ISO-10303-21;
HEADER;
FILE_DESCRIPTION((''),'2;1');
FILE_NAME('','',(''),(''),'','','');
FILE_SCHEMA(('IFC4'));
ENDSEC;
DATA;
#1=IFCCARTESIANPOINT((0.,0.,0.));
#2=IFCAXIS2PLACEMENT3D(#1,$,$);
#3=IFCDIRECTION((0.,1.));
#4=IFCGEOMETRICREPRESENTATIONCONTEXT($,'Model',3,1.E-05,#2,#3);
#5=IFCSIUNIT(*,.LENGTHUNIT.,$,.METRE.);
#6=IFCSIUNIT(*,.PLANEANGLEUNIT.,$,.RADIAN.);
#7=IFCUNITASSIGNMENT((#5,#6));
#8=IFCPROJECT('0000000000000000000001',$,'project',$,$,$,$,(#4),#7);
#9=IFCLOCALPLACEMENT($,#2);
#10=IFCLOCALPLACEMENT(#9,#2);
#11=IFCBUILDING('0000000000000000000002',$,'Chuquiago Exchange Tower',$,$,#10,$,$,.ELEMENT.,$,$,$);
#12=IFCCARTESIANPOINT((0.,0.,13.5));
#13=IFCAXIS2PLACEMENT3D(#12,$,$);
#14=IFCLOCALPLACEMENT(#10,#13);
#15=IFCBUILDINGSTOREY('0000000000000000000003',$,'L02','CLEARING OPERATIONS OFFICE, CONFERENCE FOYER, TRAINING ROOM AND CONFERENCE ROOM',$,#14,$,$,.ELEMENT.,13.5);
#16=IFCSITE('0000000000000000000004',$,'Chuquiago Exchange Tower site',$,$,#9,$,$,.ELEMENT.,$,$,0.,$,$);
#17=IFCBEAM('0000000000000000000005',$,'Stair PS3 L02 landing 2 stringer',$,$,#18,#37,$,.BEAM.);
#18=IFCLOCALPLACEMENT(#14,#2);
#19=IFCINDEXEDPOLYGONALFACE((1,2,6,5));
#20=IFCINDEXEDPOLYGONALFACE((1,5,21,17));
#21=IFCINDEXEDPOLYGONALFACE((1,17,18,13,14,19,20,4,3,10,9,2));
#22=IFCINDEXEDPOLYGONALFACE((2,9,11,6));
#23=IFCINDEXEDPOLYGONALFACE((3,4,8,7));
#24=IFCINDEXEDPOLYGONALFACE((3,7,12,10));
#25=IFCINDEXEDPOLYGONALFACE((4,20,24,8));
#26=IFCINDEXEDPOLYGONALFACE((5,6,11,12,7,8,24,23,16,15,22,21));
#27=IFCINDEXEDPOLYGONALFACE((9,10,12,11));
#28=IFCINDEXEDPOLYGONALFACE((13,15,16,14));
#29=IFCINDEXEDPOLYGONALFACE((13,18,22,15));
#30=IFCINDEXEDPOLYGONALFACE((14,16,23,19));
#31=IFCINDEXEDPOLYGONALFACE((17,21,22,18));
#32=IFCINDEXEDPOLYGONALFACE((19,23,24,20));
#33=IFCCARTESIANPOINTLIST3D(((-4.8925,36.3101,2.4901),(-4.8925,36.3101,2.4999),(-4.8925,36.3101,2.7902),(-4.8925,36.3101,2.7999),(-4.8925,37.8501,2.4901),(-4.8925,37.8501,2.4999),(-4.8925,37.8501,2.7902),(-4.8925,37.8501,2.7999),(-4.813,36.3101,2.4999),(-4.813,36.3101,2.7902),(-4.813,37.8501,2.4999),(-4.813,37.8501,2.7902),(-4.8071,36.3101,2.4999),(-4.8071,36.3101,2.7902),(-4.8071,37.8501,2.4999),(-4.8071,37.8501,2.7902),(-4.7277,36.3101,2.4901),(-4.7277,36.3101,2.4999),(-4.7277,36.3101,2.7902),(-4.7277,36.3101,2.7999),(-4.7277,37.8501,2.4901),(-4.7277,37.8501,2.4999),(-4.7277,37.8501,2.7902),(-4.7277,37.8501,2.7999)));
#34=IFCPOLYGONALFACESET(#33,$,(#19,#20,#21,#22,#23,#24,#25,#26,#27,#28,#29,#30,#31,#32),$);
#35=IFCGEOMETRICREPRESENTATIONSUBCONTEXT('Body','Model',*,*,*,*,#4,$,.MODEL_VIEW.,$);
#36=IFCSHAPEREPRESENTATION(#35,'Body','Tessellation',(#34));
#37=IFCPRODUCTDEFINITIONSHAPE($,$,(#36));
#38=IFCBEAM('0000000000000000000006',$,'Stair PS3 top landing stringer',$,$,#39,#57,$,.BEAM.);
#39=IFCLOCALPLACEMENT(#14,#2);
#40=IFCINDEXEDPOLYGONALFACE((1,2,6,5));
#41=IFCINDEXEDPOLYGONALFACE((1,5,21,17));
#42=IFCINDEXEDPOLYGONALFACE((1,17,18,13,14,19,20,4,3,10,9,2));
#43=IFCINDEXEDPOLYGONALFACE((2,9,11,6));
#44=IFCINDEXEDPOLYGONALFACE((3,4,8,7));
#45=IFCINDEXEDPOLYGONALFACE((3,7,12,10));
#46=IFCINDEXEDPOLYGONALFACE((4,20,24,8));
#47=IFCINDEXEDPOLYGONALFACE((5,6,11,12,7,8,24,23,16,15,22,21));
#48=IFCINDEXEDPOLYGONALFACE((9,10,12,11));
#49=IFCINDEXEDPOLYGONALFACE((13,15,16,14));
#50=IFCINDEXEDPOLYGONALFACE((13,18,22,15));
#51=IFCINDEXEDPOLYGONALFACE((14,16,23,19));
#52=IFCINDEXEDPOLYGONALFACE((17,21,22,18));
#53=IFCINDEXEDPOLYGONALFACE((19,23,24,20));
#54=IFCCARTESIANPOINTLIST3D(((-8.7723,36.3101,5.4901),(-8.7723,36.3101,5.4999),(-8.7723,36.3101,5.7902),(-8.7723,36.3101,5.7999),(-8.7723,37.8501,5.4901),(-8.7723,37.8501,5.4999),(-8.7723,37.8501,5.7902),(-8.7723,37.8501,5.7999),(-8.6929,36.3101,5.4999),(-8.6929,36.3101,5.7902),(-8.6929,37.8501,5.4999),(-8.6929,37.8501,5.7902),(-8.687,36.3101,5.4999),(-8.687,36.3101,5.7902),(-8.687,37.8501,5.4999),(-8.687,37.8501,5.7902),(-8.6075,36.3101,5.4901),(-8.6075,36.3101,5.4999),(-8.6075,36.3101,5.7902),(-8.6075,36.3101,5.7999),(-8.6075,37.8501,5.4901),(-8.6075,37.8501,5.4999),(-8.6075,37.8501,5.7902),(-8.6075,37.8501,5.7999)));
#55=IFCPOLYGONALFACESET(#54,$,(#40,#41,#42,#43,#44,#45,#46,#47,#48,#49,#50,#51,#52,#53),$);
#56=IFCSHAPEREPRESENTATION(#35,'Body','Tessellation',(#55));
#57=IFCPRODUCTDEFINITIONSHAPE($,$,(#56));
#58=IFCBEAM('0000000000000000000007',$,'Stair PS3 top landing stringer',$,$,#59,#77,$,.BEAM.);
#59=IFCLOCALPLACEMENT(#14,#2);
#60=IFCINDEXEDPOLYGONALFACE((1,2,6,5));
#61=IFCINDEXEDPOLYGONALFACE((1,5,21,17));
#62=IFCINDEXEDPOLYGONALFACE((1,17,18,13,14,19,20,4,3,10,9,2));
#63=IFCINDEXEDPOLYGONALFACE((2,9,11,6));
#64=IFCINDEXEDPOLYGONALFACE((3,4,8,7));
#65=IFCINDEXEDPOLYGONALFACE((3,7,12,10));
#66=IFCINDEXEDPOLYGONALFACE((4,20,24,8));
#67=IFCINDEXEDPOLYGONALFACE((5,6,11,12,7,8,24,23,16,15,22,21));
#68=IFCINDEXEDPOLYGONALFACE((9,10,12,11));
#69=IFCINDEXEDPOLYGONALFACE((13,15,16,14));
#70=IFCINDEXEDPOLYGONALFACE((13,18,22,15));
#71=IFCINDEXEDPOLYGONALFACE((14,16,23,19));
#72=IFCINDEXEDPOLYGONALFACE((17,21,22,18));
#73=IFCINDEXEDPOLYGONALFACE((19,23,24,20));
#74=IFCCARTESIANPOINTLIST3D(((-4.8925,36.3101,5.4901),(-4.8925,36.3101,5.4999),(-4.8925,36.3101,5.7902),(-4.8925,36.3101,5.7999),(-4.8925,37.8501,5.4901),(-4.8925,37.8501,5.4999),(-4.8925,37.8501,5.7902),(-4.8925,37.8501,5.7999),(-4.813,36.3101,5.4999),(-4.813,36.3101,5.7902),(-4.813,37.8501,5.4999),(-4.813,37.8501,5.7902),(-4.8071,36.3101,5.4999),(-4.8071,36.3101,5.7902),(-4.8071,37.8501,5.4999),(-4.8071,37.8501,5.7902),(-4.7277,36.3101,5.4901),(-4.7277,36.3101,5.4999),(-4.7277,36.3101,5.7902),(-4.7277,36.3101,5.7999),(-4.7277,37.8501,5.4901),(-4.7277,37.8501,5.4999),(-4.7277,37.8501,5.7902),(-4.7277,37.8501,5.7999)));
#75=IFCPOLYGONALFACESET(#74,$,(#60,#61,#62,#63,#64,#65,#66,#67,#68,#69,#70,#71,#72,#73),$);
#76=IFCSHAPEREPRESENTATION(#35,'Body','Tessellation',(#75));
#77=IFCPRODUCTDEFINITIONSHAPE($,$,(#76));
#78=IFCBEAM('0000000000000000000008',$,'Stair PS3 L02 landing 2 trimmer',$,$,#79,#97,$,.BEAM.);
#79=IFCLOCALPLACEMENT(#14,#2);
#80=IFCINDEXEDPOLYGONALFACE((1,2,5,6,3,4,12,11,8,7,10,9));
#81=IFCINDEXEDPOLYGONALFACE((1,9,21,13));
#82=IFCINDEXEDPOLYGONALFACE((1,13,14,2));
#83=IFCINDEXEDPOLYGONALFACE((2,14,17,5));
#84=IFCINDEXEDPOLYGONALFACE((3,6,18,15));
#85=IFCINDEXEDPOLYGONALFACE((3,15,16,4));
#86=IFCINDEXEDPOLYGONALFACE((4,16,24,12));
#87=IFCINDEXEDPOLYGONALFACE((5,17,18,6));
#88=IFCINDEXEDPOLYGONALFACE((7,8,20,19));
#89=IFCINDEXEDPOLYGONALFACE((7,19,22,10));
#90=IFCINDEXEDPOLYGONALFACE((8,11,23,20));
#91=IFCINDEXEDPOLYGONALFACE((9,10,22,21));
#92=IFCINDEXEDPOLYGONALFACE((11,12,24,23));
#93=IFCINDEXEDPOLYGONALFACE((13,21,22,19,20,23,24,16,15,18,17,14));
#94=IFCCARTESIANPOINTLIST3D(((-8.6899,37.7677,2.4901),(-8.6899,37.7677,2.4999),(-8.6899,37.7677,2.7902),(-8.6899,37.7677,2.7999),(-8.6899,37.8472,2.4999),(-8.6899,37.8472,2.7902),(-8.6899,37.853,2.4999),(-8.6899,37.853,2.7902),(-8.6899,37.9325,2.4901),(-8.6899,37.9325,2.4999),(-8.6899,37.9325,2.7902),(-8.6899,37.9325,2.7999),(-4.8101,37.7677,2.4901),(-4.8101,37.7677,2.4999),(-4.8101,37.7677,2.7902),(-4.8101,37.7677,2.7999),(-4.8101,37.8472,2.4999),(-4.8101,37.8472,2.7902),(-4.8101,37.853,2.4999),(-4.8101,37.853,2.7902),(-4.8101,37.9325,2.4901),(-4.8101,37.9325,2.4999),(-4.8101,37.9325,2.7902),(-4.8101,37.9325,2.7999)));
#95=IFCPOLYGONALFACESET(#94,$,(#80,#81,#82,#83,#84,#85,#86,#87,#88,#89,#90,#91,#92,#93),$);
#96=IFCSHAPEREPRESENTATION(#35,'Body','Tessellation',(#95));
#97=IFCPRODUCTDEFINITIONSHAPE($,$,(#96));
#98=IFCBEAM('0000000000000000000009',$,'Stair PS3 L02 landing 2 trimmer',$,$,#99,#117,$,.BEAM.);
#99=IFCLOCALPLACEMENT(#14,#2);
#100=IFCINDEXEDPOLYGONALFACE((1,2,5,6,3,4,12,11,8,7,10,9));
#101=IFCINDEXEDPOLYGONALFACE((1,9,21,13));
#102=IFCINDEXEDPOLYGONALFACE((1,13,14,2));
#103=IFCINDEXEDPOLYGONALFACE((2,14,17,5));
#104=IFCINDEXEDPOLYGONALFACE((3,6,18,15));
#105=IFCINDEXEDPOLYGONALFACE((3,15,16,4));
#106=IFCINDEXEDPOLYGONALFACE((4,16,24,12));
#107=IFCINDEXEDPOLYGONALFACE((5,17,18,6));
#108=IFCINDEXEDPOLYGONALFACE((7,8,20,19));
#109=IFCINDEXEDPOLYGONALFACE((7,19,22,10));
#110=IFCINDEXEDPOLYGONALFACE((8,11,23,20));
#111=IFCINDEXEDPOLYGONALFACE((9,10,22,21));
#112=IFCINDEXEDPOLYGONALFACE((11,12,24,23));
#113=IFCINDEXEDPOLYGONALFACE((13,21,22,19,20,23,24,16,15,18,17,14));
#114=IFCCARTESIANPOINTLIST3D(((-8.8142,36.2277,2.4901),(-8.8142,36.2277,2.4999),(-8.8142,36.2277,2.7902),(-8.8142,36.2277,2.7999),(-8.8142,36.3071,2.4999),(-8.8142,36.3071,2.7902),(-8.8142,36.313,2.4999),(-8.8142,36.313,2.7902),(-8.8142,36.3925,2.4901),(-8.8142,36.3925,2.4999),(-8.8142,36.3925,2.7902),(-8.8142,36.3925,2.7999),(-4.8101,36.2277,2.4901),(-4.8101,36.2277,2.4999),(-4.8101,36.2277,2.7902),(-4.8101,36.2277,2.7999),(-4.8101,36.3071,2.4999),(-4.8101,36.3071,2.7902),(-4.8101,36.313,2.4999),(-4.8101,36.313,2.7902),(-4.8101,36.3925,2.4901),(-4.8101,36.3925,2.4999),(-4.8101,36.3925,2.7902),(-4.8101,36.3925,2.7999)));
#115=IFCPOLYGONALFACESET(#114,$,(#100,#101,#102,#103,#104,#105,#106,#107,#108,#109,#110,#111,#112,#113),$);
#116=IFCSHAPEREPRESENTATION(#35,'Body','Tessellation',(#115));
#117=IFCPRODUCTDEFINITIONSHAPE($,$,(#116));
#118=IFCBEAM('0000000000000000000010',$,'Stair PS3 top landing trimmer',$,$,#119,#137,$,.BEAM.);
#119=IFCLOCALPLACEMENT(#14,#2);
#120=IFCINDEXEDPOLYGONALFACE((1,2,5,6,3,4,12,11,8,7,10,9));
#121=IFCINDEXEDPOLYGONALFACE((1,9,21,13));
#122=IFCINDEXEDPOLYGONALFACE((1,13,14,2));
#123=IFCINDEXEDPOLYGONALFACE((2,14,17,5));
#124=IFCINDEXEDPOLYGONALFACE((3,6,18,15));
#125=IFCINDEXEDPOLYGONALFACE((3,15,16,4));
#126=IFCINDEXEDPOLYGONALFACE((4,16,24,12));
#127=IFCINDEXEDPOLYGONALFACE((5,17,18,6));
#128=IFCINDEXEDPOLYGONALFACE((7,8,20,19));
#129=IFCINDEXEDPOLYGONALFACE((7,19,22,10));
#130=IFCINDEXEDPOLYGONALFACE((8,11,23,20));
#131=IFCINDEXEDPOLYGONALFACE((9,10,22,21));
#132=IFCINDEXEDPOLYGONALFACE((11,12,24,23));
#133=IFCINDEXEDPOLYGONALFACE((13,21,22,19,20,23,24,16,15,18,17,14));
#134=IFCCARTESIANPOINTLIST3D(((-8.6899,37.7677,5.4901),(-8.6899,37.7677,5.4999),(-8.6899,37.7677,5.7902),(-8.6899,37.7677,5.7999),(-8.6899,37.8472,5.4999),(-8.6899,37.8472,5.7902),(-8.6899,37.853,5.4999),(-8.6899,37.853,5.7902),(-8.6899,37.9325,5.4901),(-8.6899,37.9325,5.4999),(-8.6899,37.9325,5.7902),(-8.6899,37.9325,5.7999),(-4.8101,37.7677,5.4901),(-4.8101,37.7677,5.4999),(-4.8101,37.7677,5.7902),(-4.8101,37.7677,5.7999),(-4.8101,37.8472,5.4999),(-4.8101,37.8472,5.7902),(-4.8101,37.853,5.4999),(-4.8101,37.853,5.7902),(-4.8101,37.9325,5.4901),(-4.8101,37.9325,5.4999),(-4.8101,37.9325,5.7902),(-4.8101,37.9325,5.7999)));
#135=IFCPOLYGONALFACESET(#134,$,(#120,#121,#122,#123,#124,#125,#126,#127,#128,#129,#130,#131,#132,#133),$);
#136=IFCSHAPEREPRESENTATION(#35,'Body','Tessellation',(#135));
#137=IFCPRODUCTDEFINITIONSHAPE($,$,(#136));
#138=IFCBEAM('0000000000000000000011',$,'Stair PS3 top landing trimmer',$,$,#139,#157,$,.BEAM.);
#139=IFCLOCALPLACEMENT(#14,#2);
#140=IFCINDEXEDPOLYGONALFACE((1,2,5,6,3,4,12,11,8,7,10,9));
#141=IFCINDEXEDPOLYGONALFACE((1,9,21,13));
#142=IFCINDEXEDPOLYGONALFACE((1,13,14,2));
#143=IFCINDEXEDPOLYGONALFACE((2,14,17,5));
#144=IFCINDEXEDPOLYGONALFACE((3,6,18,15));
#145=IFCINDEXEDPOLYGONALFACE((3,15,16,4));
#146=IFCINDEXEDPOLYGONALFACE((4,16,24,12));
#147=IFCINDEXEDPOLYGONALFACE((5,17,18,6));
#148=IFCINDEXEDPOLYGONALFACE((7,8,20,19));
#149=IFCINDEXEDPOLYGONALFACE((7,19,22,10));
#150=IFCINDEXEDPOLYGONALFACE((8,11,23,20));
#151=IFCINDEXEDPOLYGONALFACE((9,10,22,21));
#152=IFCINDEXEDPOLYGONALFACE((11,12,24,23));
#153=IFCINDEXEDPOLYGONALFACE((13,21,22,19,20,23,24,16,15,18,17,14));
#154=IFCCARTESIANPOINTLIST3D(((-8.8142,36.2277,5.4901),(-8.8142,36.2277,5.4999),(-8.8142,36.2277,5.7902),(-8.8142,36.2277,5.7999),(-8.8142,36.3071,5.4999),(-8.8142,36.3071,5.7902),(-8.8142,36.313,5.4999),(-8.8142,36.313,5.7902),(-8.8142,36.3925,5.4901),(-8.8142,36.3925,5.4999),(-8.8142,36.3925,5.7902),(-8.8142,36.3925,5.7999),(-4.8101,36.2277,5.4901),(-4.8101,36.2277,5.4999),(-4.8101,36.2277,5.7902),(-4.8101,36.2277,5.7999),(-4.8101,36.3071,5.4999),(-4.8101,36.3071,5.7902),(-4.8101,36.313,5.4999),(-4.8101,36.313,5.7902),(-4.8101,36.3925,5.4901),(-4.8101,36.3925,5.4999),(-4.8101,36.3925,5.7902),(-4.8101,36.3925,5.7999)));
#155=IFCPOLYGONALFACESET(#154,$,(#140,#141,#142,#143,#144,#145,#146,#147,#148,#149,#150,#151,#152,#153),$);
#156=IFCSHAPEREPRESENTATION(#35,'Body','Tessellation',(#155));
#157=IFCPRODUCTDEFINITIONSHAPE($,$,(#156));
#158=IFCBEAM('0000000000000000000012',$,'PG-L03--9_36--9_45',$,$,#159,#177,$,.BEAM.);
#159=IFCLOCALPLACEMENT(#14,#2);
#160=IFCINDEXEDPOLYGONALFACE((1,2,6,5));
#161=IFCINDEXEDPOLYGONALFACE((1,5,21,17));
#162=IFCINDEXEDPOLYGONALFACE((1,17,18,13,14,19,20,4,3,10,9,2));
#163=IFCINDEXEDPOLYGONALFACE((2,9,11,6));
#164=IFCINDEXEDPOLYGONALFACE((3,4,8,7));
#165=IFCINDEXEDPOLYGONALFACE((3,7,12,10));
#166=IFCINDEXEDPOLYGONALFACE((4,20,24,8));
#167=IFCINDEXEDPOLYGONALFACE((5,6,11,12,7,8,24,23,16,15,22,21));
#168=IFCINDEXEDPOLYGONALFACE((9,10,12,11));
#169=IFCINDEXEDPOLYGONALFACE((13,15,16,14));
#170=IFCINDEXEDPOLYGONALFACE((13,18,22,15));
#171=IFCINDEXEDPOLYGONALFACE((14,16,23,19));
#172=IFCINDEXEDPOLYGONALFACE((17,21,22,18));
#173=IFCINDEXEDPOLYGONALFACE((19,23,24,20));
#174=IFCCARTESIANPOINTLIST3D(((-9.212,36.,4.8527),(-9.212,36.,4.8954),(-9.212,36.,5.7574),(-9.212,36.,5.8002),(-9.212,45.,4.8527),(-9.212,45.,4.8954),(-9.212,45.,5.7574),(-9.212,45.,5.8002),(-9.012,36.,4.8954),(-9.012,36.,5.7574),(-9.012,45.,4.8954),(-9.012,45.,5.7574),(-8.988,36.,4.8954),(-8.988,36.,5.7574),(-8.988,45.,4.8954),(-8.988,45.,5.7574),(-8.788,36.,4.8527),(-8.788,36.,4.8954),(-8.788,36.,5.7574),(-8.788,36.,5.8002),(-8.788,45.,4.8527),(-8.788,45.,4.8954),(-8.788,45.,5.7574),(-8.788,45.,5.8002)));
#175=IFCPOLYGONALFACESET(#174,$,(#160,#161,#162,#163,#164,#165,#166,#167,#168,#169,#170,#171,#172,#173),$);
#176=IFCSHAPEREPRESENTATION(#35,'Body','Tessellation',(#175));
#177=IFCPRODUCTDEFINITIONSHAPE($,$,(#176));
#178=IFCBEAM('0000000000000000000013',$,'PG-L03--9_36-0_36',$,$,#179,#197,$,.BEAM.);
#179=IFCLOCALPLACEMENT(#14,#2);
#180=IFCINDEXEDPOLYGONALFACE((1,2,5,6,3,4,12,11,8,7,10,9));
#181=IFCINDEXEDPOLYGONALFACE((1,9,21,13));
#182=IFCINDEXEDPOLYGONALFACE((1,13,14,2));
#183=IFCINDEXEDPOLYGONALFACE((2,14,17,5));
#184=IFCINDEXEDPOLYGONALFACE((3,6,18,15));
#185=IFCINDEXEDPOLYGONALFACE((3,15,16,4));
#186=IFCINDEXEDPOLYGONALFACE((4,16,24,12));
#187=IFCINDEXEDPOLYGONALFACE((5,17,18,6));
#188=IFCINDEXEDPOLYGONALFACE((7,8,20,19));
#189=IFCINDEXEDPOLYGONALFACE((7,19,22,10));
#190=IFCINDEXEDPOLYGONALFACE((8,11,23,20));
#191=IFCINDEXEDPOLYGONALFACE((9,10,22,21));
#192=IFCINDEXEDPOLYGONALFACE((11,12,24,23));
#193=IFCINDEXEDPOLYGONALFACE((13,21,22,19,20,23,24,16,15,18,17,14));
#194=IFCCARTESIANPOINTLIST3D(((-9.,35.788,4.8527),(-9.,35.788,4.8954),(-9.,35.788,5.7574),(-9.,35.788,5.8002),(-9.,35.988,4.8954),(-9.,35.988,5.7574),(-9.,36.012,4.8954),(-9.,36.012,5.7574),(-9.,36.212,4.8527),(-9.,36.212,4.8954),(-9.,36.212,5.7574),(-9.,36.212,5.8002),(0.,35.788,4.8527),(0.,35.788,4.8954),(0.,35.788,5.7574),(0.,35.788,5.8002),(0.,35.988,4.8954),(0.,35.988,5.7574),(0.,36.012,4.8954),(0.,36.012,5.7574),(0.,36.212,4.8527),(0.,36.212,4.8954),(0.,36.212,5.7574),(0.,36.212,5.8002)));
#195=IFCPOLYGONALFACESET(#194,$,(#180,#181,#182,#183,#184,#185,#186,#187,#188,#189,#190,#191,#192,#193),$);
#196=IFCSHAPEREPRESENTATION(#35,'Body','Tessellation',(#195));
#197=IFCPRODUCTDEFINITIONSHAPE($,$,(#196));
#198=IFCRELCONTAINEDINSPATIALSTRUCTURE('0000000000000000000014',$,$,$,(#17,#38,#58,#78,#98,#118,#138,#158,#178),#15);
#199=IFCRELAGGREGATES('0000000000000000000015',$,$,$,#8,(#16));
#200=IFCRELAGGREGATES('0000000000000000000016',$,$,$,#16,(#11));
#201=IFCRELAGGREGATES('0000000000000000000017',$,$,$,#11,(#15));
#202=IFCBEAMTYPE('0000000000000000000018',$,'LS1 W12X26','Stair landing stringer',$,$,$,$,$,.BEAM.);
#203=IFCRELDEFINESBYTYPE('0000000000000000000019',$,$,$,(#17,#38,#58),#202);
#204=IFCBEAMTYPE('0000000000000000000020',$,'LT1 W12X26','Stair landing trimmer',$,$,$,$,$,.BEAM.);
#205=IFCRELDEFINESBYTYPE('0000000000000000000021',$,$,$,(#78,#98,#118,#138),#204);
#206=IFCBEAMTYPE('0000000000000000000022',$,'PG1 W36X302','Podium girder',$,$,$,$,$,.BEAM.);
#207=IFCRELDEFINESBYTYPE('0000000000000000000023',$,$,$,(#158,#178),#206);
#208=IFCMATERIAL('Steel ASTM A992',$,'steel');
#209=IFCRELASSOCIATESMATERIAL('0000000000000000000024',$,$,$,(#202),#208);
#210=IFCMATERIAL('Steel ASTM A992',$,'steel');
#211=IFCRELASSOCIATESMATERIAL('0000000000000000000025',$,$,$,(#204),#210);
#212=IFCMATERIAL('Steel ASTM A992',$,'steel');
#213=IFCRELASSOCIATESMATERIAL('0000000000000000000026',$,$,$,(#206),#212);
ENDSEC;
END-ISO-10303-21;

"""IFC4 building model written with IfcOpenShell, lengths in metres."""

from ifc_helpers import new_model, si_unit, direction, frame, origin, origin_2d, place, context, subcontext, project, spatial, i_section, extrude, material, material_profile, profile_set, type_object, element, save


model = new_model("IFC4")

# Units and contexts
model_context = context("Model", 3, precision=1e-05, world=origin(), true_north=direction((0.0, 1.0)))
body_context = subcontext(model_context, "Body", "Model", "MODEL_VIEW")
ifc_project = project(units=[si_unit("LENGTHUNIT", "METRE"), si_unit("PLANEANGLEUNIT", "RADIAN")], contexts=[model_context])

# Site, building, storey
site_placement = place(None, origin())
site = spatial("IfcSite", under=ifc_project, at=site_placement, Name="Chuquiago Exchange Tower site", CompositionType="ELEMENT", RefElevation=0.0)
building_placement = place(site_placement, origin())
building = spatial("IfcBuilding", under=site, at=building_placement, Name="Chuquiago Exchange Tower", CompositionType="ELEMENT")
storey_placement = place(building_placement, frame((0.0, 0.0, 13.5)))
storey = spatial("IfcBuildingStorey", under=building, at=storey_placement, Name="L02", Description="CLEARING OPERATIONS OFFICE, CONFERENCE FOYER, TRAINING ROOM AND CONFERENCE ROOM", CompositionType="ELEMENT", Elevation=13.5)

# Beams
ifc_material_1 = material(Name="Steel ASTM A992", Category="steel")
ifc_material_profile_1 = material_profile(ifc_material_1, i_section(OverallWidth=0.1648, OverallDepth=0.3098, WebThickness=0.0059, FlangeThickness=0.0098, at=origin_2d()), Name="W12X26")
ifc_profile_set_1 = profile_set([ifc_material_profile_1], Name="Steel ASTM A992")
beam_type_1 = type_object("IfcBeamType", Name="LS1 W12X26", Description="Stair landing stringer", PredefinedType="BEAM", material=ifc_profile_set_1)
for number, where, z_axis, x_axis, name in (
    (1, (-4.8101, 36.3101, 2.645), (0.0, 1.0, 0.0), (-1.0, 0.0, 0.0), "Stair PS3 L02 landing 2 stringer"),
    (2, (-8.6899, 36.3101, 5.645), (0.0, 1.0, 0.0), (-1.0, 0.0, 0.0), "Stair PS3 top landing stringer"),
    (3, (-4.8101, 36.3101, 5.645), (0.0, 1.0, 0.0), (-1.0, 0.0, 0.0), "Stair PS3 top landing stringer"),
):
    element("IfcBeam", number, at=place(storey_placement, frame(where, z_axis=z_axis, x_axis=x_axis)), inside=storey, type_object=beam_type_1, Name=name, PredefinedType="BEAM", context=body_context, shape_type="SweptSolid", body=[
        extrude(i_section(OverallWidth=0.1648, OverallDepth=0.3098, WebThickness=0.0059, FlangeThickness=0.0098, at=origin_2d()), origin(), (0.0, 0.0, 1.0), 1.54),
    ])
ifc_material_2 = material(Name="Steel ASTM A992", Category="steel")
ifc_material_profile_2 = material_profile(ifc_material_2, i_section(OverallWidth=0.1648, OverallDepth=0.3098, WebThickness=0.0059, FlangeThickness=0.0098, at=origin_2d()), Name="W12X26")
ifc_profile_set_2 = profile_set([ifc_material_profile_2], Name="Steel ASTM A992")
beam_type_2 = type_object("IfcBeamType", Name="LT1 W12X26", Description="Stair landing trimmer", PredefinedType="BEAM", material=ifc_profile_set_2)
beam_1_placement = place(storey_placement, frame((-8.6899, 37.8501, 2.645), z_axis=(1.0, 0.0, 0.0), x_axis=(0.0, 1.0, 0.0)))
element("IfcBeam", 4, at=beam_1_placement, inside=storey, type_object=beam_type_2, Name="Stair PS3 L02 landing 2 trimmer", PredefinedType="BEAM", context=body_context, shape_type="SweptSolid", body=[
    extrude(i_section(OverallWidth=0.1648, OverallDepth=0.3098, WebThickness=0.0059, FlangeThickness=0.0098, at=origin_2d()), origin(), (0.0, 0.0, 1.0), 3.8799),
])
beam_2_placement = place(storey_placement, frame((-8.8142, 36.3101, 2.645), z_axis=(1.0, 0.0, 0.0), x_axis=(0.0, 1.0, 0.0)))
element("IfcBeam", 5, at=beam_2_placement, inside=storey, type_object=beam_type_2, Name="Stair PS3 L02 landing 2 trimmer", PredefinedType="BEAM", context=body_context, shape_type="SweptSolid", body=[
    extrude(i_section(OverallWidth=0.1648, OverallDepth=0.3098, WebThickness=0.0059, FlangeThickness=0.0098, at=origin_2d()), origin(), (0.0, 0.0, 1.0), 4.0042),
])
beam_3_placement = place(storey_placement, frame((-8.6899, 37.8501, 5.645), z_axis=(1.0, 0.0, 0.0), x_axis=(0.0, 1.0, 0.0)))
element("IfcBeam", 6, at=beam_3_placement, inside=storey, type_object=beam_type_2, Name="Stair PS3 top landing trimmer", PredefinedType="BEAM", context=body_context, shape_type="SweptSolid", body=[
    extrude(i_section(OverallWidth=0.1648, OverallDepth=0.3098, WebThickness=0.0059, FlangeThickness=0.0098, at=origin_2d()), origin(), (0.0, 0.0, 1.0), 3.8799),
])
beam_4_placement = place(storey_placement, frame((-8.8142, 36.3101, 5.645), z_axis=(1.0, 0.0, 0.0), x_axis=(0.0, 1.0, 0.0)))
element("IfcBeam", 7, at=beam_4_placement, inside=storey, type_object=beam_type_2, Name="Stair PS3 top landing trimmer", PredefinedType="BEAM", context=body_context, shape_type="SweptSolid", body=[
    extrude(i_section(OverallWidth=0.1648, OverallDepth=0.3098, WebThickness=0.0059, FlangeThickness=0.0098, at=origin_2d()), origin(), (0.0, 0.0, 1.0), 4.0042),
])
ifc_material_3 = material(Name="Steel ASTM A992", Category="steel")
ifc_material_profile_3 = material_profile(ifc_material_3, i_section(OverallWidth=0.4241, OverallDepth=0.9475, WebThickness=0.0239, FlangeThickness=0.0427, at=origin_2d()), Name="W36X302")
ifc_profile_set_3 = profile_set([ifc_material_profile_3], Name="Steel ASTM A992")
beam_type_3 = type_object("IfcBeamType", Name="PG1 W36X302", Description="Podium girder", PredefinedType="BEAM", material=ifc_profile_set_3)
for number, where, z_axis, x_axis, name in (
    (8, (-9.0, 36.0, 5.3264), (0.0, 1.0, 0.0), (-1.0, 0.0, 0.0), "PG-L03--9_36--9_45"),
    (9, (-9.0, 36.0, 5.3264), (1.0, 0.0, 0.0), (0.0, 1.0, 0.0), "PG-L03--9_36-0_36"),
):
    element("IfcBeam", number, at=place(storey_placement, frame(where, z_axis=z_axis, x_axis=x_axis)), inside=storey, type_object=beam_type_3, Name=name, PredefinedType="BEAM", context=body_context, shape_type="SweptSolid", body=[
        extrude(i_section(OverallWidth=0.4241, OverallDepth=0.9475, WebThickness=0.0239, FlangeThickness=0.0427, at=origin_2d()), origin(), (0.0, 0.0, 1.0), 9.0),
    ])

save(model, "model.ifc")
